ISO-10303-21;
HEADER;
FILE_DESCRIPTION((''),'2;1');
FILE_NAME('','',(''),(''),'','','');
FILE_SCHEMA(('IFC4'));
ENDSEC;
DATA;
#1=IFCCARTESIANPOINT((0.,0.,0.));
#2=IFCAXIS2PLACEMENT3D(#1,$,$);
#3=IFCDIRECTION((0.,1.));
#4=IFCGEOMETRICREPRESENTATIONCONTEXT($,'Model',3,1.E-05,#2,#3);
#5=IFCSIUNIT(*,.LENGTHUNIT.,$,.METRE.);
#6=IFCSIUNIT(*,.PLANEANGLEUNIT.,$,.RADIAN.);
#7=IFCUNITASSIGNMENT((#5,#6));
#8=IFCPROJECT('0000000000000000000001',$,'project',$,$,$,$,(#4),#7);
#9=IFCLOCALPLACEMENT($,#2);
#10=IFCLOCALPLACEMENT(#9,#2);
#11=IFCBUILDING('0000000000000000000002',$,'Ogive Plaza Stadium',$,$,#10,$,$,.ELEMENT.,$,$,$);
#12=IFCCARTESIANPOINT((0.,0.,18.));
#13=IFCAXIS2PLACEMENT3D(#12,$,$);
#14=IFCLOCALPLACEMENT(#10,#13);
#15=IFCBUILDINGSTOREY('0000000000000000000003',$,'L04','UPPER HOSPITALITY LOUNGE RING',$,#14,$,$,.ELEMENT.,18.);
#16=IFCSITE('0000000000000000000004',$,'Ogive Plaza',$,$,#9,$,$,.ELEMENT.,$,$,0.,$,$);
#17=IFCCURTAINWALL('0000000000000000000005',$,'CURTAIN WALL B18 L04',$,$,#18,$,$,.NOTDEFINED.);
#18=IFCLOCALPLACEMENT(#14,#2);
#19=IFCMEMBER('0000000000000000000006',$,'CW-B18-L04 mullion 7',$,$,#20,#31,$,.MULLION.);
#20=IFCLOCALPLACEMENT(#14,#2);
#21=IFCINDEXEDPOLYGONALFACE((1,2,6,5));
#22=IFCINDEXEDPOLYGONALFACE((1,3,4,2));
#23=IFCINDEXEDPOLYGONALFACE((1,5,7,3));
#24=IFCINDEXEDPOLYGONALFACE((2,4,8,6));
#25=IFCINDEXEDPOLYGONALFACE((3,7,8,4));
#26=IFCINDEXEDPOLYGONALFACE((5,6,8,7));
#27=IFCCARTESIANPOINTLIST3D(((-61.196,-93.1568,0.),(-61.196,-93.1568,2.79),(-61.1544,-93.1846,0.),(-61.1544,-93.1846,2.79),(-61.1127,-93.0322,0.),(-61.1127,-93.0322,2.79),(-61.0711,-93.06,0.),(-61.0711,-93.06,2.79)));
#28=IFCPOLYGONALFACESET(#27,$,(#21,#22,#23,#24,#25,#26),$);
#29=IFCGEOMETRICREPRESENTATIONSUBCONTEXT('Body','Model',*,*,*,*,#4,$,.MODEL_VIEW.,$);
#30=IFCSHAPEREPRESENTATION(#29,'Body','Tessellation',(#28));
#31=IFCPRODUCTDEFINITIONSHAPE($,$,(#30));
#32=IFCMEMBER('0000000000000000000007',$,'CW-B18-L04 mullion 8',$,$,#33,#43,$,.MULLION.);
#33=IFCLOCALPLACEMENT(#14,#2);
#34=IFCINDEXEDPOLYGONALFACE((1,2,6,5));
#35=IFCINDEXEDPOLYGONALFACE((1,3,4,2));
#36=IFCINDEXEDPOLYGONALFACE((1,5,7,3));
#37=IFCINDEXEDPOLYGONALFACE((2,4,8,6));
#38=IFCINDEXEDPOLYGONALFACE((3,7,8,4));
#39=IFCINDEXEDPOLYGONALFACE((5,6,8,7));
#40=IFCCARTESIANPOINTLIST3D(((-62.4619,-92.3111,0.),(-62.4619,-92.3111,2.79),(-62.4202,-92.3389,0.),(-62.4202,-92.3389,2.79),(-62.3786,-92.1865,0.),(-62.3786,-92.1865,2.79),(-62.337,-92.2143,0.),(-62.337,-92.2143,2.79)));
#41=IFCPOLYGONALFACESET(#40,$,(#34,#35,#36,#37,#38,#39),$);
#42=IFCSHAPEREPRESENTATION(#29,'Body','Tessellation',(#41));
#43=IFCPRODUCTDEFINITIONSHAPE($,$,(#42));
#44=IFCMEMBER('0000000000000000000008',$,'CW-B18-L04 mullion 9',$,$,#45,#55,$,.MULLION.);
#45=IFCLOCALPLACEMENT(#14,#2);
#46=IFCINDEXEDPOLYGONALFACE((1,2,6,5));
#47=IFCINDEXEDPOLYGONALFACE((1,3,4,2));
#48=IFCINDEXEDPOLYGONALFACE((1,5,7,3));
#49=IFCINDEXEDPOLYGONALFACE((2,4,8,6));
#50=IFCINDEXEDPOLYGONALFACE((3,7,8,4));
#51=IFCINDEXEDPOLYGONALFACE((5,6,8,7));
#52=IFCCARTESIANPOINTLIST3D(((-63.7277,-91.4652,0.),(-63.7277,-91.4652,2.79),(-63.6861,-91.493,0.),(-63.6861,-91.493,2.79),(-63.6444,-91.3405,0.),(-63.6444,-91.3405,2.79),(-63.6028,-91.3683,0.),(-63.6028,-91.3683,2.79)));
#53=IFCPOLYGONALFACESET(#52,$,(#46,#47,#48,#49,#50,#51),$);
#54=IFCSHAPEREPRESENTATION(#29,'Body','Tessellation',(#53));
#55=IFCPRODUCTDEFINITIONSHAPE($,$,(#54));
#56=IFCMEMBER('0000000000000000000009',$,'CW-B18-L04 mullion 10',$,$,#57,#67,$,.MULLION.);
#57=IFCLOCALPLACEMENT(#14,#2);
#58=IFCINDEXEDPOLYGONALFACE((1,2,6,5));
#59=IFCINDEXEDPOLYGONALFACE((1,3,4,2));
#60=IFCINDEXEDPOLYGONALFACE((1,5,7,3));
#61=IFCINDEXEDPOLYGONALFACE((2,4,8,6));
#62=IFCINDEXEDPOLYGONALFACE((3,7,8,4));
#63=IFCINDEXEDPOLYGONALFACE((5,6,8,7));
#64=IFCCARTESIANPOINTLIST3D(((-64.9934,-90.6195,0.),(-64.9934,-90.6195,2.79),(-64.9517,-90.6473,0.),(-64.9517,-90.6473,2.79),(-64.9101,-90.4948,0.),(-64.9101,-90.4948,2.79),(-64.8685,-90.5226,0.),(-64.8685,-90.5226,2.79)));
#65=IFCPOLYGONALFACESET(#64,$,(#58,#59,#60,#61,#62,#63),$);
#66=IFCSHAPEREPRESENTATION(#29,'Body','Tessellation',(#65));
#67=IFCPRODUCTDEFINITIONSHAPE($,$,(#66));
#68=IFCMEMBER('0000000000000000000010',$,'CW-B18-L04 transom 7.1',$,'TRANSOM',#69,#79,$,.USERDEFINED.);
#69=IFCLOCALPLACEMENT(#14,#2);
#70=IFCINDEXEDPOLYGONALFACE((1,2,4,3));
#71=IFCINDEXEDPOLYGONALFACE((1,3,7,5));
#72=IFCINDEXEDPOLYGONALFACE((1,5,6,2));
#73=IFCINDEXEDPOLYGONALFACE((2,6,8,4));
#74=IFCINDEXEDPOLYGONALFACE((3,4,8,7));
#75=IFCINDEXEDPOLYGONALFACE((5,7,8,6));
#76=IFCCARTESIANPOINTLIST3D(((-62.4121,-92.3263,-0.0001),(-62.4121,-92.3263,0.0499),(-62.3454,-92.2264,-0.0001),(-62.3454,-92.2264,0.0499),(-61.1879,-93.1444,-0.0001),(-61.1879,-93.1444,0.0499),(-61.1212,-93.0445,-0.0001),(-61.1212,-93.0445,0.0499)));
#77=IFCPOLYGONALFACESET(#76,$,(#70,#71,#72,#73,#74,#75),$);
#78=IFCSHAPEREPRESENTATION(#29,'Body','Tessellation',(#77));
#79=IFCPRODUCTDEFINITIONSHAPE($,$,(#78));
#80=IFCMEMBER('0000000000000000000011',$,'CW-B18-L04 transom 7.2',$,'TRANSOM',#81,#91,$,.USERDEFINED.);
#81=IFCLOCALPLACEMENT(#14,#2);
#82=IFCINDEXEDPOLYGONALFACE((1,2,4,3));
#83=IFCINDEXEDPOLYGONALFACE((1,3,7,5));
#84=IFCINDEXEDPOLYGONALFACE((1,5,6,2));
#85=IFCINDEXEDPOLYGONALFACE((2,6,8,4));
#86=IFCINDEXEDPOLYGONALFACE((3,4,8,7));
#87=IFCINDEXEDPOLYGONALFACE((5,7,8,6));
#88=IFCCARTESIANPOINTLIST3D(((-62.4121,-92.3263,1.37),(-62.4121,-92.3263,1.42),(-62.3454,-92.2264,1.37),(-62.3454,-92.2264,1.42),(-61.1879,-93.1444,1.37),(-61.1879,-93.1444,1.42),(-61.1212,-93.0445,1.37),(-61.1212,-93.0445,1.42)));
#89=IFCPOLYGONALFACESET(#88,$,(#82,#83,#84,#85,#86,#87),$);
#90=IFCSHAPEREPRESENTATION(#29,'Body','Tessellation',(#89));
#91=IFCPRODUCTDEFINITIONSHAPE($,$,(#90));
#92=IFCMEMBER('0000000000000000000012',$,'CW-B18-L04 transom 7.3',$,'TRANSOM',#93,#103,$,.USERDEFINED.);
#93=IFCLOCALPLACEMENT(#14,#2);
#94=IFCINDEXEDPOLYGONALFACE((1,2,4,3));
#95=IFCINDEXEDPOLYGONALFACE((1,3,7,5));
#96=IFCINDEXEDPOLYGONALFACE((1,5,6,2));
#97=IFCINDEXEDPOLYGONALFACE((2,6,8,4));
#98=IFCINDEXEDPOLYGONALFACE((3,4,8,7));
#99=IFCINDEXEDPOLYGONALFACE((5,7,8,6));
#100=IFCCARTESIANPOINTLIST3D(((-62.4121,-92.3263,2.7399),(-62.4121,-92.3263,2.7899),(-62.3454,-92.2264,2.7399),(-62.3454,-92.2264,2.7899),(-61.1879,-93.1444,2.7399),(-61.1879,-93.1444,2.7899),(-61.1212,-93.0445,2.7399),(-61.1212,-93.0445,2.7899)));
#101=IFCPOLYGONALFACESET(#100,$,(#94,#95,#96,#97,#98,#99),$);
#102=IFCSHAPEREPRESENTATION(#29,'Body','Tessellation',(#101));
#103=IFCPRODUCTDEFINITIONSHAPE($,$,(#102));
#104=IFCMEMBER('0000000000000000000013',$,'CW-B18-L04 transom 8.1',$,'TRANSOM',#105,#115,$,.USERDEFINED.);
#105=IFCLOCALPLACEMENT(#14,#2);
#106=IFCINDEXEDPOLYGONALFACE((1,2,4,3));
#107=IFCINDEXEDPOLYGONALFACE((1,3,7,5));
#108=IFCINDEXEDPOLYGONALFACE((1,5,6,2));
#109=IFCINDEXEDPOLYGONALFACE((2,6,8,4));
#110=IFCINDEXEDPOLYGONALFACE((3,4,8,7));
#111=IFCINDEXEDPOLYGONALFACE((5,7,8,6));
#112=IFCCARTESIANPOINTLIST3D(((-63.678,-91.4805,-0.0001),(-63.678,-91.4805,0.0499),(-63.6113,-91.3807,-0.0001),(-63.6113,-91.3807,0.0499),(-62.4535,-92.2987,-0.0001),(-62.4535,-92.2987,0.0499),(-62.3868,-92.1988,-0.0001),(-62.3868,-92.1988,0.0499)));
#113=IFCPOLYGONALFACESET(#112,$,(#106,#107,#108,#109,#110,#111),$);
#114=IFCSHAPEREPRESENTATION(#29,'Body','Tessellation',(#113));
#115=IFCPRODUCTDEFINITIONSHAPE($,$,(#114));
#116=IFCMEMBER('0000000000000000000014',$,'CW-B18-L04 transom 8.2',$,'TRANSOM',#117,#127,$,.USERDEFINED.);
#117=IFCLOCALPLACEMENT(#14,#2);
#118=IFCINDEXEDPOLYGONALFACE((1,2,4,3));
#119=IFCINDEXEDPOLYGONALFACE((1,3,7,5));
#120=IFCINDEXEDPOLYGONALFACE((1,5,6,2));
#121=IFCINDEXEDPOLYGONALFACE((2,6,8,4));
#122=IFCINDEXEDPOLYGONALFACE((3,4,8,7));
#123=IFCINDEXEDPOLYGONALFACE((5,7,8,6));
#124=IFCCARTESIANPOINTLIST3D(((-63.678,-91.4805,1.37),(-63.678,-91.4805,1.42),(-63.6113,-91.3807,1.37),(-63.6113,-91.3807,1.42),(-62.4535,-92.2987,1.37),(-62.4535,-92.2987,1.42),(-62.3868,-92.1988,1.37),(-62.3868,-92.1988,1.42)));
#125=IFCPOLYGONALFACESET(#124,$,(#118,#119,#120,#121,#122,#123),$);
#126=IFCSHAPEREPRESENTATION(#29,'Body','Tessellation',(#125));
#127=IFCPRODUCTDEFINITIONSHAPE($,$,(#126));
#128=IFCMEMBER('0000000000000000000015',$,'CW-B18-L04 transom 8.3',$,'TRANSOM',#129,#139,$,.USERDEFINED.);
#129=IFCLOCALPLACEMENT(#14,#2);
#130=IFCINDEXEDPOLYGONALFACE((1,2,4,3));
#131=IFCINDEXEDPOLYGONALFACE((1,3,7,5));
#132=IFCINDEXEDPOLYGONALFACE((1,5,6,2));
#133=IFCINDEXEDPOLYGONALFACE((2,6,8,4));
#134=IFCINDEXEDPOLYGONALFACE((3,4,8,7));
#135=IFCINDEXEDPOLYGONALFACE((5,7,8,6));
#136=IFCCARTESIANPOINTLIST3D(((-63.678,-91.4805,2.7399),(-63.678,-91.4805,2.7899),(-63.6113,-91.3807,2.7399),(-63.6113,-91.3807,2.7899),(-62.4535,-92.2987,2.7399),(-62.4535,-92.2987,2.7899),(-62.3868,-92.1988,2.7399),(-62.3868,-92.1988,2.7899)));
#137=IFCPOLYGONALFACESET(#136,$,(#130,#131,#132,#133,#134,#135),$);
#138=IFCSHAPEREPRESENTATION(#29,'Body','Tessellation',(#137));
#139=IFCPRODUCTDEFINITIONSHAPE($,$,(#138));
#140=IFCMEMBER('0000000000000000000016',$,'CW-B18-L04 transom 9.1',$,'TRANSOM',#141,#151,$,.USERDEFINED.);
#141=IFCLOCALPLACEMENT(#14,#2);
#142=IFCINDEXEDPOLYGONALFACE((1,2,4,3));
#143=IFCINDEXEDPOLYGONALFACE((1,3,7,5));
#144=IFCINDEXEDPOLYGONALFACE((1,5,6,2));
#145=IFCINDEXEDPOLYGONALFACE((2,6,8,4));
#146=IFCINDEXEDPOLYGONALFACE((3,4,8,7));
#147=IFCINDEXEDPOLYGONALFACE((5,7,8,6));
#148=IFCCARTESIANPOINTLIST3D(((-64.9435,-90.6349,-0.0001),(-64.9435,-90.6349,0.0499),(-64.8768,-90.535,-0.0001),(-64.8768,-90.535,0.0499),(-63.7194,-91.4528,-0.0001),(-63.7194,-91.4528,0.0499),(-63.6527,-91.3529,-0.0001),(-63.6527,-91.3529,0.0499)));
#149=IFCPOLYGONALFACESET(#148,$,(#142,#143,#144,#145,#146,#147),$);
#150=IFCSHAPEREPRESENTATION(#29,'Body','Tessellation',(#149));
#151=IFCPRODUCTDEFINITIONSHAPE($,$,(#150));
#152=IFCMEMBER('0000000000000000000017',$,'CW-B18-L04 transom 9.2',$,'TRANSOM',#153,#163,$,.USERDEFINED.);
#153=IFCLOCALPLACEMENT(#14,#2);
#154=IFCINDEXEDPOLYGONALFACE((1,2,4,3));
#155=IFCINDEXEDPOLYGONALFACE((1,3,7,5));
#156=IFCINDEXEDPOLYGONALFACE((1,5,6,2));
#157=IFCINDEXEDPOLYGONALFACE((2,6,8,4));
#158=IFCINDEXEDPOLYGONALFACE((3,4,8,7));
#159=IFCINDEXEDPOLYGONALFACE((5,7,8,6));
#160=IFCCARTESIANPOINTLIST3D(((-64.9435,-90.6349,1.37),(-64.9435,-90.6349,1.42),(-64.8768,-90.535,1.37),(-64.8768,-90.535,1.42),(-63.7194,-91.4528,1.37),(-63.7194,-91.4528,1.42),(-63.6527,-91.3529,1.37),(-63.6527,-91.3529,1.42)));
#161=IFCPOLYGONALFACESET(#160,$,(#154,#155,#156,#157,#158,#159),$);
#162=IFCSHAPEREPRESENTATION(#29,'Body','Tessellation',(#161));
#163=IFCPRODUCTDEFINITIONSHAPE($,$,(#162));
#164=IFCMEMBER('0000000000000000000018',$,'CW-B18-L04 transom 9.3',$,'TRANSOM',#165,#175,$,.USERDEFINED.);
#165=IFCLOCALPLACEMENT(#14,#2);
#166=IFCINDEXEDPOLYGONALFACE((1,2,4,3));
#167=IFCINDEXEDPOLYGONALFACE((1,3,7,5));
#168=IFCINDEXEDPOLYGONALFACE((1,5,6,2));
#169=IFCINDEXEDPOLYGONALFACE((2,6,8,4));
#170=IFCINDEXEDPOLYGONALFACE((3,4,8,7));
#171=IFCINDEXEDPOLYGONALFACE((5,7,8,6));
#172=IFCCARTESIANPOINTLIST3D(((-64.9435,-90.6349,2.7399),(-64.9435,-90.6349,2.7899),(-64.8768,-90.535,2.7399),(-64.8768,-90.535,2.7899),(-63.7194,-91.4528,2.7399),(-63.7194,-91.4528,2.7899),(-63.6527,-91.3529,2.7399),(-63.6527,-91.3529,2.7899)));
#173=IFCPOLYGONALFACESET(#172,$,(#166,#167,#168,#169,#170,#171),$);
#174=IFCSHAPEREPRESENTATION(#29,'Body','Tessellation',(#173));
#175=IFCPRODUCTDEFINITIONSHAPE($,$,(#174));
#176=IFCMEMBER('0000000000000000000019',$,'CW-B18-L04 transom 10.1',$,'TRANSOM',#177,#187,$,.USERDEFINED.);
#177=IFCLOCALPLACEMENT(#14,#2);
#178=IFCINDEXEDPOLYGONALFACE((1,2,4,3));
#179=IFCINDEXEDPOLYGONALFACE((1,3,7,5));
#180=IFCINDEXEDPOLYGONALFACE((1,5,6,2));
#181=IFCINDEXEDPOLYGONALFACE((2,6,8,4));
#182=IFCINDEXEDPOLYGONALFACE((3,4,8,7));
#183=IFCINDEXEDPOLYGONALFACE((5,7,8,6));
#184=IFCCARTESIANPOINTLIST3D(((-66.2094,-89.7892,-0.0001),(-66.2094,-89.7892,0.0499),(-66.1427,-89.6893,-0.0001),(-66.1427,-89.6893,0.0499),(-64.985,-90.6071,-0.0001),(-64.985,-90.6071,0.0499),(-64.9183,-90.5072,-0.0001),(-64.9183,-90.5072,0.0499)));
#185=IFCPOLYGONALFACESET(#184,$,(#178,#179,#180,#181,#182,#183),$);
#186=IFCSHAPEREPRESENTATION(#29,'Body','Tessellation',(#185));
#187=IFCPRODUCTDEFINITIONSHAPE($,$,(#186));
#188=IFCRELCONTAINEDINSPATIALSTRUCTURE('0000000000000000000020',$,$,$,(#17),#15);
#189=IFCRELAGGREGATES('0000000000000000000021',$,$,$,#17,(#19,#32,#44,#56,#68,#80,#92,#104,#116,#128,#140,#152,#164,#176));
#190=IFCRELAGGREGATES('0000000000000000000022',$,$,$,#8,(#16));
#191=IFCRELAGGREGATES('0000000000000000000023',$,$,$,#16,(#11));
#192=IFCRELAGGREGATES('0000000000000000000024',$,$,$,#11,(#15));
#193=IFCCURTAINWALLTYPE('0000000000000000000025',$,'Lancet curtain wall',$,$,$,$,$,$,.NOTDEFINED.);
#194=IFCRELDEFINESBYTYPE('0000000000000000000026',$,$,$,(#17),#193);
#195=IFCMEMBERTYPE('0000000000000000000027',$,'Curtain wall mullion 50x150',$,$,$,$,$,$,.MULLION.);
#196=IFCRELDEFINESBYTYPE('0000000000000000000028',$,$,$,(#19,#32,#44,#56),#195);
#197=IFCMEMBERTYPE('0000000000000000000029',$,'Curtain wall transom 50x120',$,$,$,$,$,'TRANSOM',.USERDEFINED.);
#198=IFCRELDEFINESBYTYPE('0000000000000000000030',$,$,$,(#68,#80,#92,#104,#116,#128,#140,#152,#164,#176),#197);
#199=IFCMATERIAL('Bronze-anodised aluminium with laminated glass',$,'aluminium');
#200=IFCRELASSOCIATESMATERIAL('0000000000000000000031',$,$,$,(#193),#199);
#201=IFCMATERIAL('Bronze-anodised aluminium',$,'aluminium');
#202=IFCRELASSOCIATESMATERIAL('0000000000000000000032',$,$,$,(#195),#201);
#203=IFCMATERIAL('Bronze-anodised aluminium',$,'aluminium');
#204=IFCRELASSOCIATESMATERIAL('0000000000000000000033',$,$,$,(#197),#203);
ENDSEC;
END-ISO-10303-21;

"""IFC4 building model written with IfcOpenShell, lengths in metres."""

from ifc_helpers import new_model, si_unit, direction, frame, origin, origin_2d, place, context, subcontext, project, spatial, rectangle, extrude, material, material_profile, profile_set, type_object, element, aggregate, save


model = new_model("IFC4")

# Units and contexts
model_context = context("Model", 3, precision=1e-05, world=origin(), true_north=direction((0.0, 1.0)))
body_context = subcontext(model_context, "Body", "Model", "MODEL_VIEW")
ifc_project = project(units=[si_unit("LENGTHUNIT", "METRE"), si_unit("PLANEANGLEUNIT", "RADIAN")], contexts=[model_context])

# Site, building, storey
site_placement = place(None, origin())
site = spatial("IfcSite", under=ifc_project, at=site_placement, Name="Ogive Plaza", CompositionType="ELEMENT", RefElevation=0.0)
building_placement = place(site_placement, origin())
building = spatial("IfcBuilding", under=site, at=building_placement, Name="Ogive Plaza Stadium", CompositionType="ELEMENT")
storey_placement = place(building_placement, frame((0.0, 0.0, 18.0)))
storey = spatial("IfcBuildingStorey", under=building, at=storey_placement, Name="L04", Description="UPPER HOSPITALITY LOUNGE RING", CompositionType="ELEMENT", Elevation=18.0)

# Curtain wall, members
ifc_material_1 = material(Name="Bronze-anodised aluminium with laminated glass", Category="aluminium")
curtain_wall_type = type_object("IfcCurtainWallType", Name="Lancet curtain wall", PredefinedType="NOTDEFINED", material=ifc_material_1)
curtain_wall_placement = place(storey_placement, origin())
curtain_wall = element("IfcCurtainWall", 1, at=curtain_wall_placement, inside=storey, type_object=curtain_wall_type, Name="CURTAIN WALL B18 L04", PredefinedType="NOTDEFINED")
ifc_material_2 = material(Name="Bronze-anodised aluminium", Category="aluminium")
ifc_material_profile_1 = material_profile(ifc_material_2, rectangle(XDim=0.1499, YDim=0.05, at=origin_2d()), Name="AL 150x50")
ifc_profile_set_1 = profile_set([ifc_material_profile_1], Name="Bronze-anodised aluminium")
member_type_1 = type_object("IfcMemberType", Name="Curtain wall mullion 50x150", PredefinedType="MULLION", material=ifc_profile_set_1)
member_1_placement = place(storey_placement, frame((-61.1335, -93.1084, 0.0), z_axis=(0.0, 0.0, 1.0), x_axis=(-0.55557, -0.83147, 0.0)))
member_1 = element("IfcMember", 2, at=member_1_placement, type_object=member_type_1, Name="CW-B18-L04 mullion 7", PredefinedType="MULLION", context=body_context, shape_type="SweptSolid", body=[
    extrude(rectangle(XDim=0.1499, YDim=0.05, at=origin_2d()), origin(), (0.0, 0.0, 1.0), 2.79),
])
member_2_placement = place(storey_placement, frame((-62.3994, -92.2627, 0.0), z_axis=(0.0, 0.0, 1.0), x_axis=(-0.55557, -0.83147, 0.0)))
member_2 = element("IfcMember", 3, at=member_2_placement, type_object=member_type_1, Name="CW-B18-L04 mullion 8", PredefinedType="MULLION", context=body_context, shape_type="SweptSolid", body=[
    extrude(rectangle(XDim=0.1499, YDim=0.05, at=origin_2d()), origin(), (0.0, 0.0, 1.0), 2.79),
])
member_3_placement = place(storey_placement, frame((-63.6653, -91.4167, 0.0), z_axis=(0.0, 0.0, 1.0), x_axis=(-0.55557, -0.83147, 0.0)))
member_3 = element("IfcMember", 4, at=member_3_placement, type_object=member_type_1, Name="CW-B18-L04 mullion 9", PredefinedType="MULLION", context=body_context, shape_type="SweptSolid", body=[
    extrude(rectangle(XDim=0.1499, YDim=0.05, at=origin_2d()), origin(), (0.0, 0.0, 1.0), 2.79),
])
member_4_placement = place(storey_placement, frame((-64.9309, -90.571, 0.0), z_axis=(0.0, 0.0, 1.0), x_axis=(-0.55557, -0.83147, 0.0)))
member_4 = element("IfcMember", 5, at=member_4_placement, type_object=member_type_1, Name="CW-B18-L04 mullion 10", PredefinedType="MULLION", context=body_context, shape_type="SweptSolid", body=[
    extrude(rectangle(XDim=0.1499, YDim=0.05, at=origin_2d()), origin(), (0.0, 0.0, 1.0), 2.79),
])
ifc_material_3 = material(Name="Bronze-anodised aluminium", Category="aluminium")
ifc_material_profile_2 = material_profile(ifc_material_3, rectangle(XDim=0.1201, YDim=0.05, at=origin_2d()), Name="AL 120x50")
ifc_profile_set_2 = profile_set([ifc_material_profile_2], Name="Bronze-anodised aluminium")
member_type_2 = type_object("IfcMemberType", Name="Curtain wall transom 50x120", ElementType="TRANSOM", PredefinedType="USERDEFINED", material=ifc_profile_set_2)
member_5_placement = place(storey_placement, frame((-61.1545, -93.0945, 0.0249), z_axis=(-0.831412, 0.555656, 0.0), x_axis=(-0.555656, -0.831412, 0.0)))
member_5 = element("IfcMember", 6, at=member_5_placement, type_object=member_type_2, Name="CW-B18-L04 transom 7.1", ObjectType="TRANSOM", PredefinedType="USERDEFINED", context=body_context, shape_type="SweptSolid", body=[
    extrude(rectangle(XDim=0.1201, YDim=0.05, at=origin_2d()), origin(), (0.0, 0.0, 1.0), 1.4724),
])
member_6_placement = place(storey_placement, frame((-61.1545, -93.0945, 1.395), z_axis=(-0.831412, 0.555656, 0.0), x_axis=(-0.555656, -0.831412, 0.0)))
member_6 = element("IfcMember", 7, at=member_6_placement, type_object=member_type_2, Name="CW-B18-L04 transom 7.2", ObjectType="TRANSOM", PredefinedType="USERDEFINED", context=body_context, shape_type="SweptSolid", body=[
    extrude(rectangle(XDim=0.1201, YDim=0.05, at=origin_2d()), origin(), (0.0, 0.0, 1.0), 1.4724),
])
member_7_placement = place(storey_placement, frame((-61.1545, -93.0945, 2.7649), z_axis=(-0.831412, 0.555656, 0.0), x_axis=(-0.555656, -0.831412, 0.0)))
member_7 = element("IfcMember", 8, at=member_7_placement, type_object=member_type_2, Name="CW-B18-L04 transom 7.3", ObjectType="TRANSOM", PredefinedType="USERDEFINED", context=body_context, shape_type="SweptSolid", body=[
    extrude(rectangle(XDim=0.1201, YDim=0.05, at=origin_2d()), origin(), (0.0, 0.0, 1.0), 1.4724),
])
member_8_placement = place(storey_placement, frame((-62.4202, -92.2488, 0.0249), z_axis=(-0.831463, 0.55558, 0.0), x_axis=(-0.55558, -0.831463, 0.0)))
member_8 = element("IfcMember", 9, at=member_8_placement, type_object=member_type_2, Name="CW-B18-L04 transom 8.1", ObjectType="TRANSOM", PredefinedType="USERDEFINED", context=body_context, shape_type="SweptSolid", body=[
    extrude(rectangle(XDim=0.1201, YDim=0.05, at=origin_2d()), origin(), (0.0, 0.0, 1.0), 1.4727),
])
member_9_placement = place(storey_placement, frame((-62.4202, -92.2488, 1.395), z_axis=(-0.831463, 0.55558, 0.0), x_axis=(-0.55558, -0.831463, 0.0)))
member_9 = element("IfcMember", 10, at=member_9_placement, type_object=member_type_2, Name="CW-B18-L04 transom 8.2", ObjectType="TRANSOM", PredefinedType="USERDEFINED", context=body_context, shape_type="SweptSolid", body=[
    extrude(rectangle(XDim=0.1201, YDim=0.05, at=origin_2d()), origin(), (0.0, 0.0, 1.0), 1.4727),
])
member_10_placement = place(storey_placement, frame((-62.4202, -92.2488, 2.7649), z_axis=(-0.831463, 0.55558, 0.0), x_axis=(-0.55558, -0.831463, 0.0)))
member_10 = element("IfcMember", 11, at=member_10_placement, type_object=member_type_2, Name="CW-B18-L04 transom 8.3", ObjectType="TRANSOM", PredefinedType="USERDEFINED", context=body_context, shape_type="SweptSolid", body=[
    extrude(rectangle(XDim=0.1201, YDim=0.05, at=origin_2d()), origin(), (0.0, 0.0, 1.0), 1.4727),
])
member_11_placement = place(storey_placement, frame((-63.686, -91.4028, 0.0249), z_axis=(-0.831489, 0.555542, 0.0), x_axis=(-0.555542, -0.831489, 0.0)))
member_11 = element("IfcMember", 12, at=member_11_placement, type_object=member_type_2, Name="CW-B18-L04 transom 9.1", ObjectType="TRANSOM", PredefinedType="USERDEFINED", context=body_context, shape_type="SweptSolid", body=[
    extrude(rectangle(XDim=0.1201, YDim=0.05, at=origin_2d()), origin(), (0.0, 0.0, 1.0), 1.4722),
])
member_12_placement = place(storey_placement, frame((-63.686, -91.4028, 1.395), z_axis=(-0.831489, 0.555542, 0.0), x_axis=(-0.555542, -0.831489, 0.0)))
member_12 = element("IfcMember", 13, at=member_12_placement, type_object=member_type_2, Name="CW-B18-L04 transom 9.2", ObjectType="TRANSOM", PredefinedType="USERDEFINED", context=body_context, shape_type="SweptSolid", body=[
    extrude(rectangle(XDim=0.1201, YDim=0.05, at=origin_2d()), origin(), (0.0, 0.0, 1.0), 1.4722),
])
member_13_placement = place(storey_placement, frame((-63.686, -91.4028, 2.7649), z_axis=(-0.831489, 0.555542, 0.0), x_axis=(-0.555542, -0.831489, 0.0)))
member_13 = element("IfcMember", 14, at=member_13_placement, type_object=member_type_2, Name="CW-B18-L04 transom 9.3", ObjectType="TRANSOM", PredefinedType="USERDEFINED", context=body_context, shape_type="SweptSolid", body=[
    extrude(rectangle(XDim=0.1201, YDim=0.05, at=origin_2d()), origin(), (0.0, 0.0, 1.0), 1.4722),
])
member_14_placement = place(storey_placement, frame((-64.9517, -90.5571, 0.0249), z_axis=(-0.83154, 0.555465, 0.0), x_axis=(-0.555465, -0.83154, 0.0)))
member_14 = element("IfcMember", 15, at=member_14_placement, type_object=member_type_2, Name="CW-B18-L04 transom 10.1", ObjectType="TRANSOM", PredefinedType="USERDEFINED", context=body_context, shape_type="SweptSolid", body=[
    extrude(rectangle(XDim=0.1201, YDim=0.05, at=origin_2d()), origin(), (0.0, 0.0, 1.0), 1.4724),
])
aggregate(curtain_wall, [member_1, member_2, member_3, member_4, member_5, member_6, member_7, member_8, member_9, member_10, member_11, member_12, member_13, member_14])

save(model, "model.ifc")
